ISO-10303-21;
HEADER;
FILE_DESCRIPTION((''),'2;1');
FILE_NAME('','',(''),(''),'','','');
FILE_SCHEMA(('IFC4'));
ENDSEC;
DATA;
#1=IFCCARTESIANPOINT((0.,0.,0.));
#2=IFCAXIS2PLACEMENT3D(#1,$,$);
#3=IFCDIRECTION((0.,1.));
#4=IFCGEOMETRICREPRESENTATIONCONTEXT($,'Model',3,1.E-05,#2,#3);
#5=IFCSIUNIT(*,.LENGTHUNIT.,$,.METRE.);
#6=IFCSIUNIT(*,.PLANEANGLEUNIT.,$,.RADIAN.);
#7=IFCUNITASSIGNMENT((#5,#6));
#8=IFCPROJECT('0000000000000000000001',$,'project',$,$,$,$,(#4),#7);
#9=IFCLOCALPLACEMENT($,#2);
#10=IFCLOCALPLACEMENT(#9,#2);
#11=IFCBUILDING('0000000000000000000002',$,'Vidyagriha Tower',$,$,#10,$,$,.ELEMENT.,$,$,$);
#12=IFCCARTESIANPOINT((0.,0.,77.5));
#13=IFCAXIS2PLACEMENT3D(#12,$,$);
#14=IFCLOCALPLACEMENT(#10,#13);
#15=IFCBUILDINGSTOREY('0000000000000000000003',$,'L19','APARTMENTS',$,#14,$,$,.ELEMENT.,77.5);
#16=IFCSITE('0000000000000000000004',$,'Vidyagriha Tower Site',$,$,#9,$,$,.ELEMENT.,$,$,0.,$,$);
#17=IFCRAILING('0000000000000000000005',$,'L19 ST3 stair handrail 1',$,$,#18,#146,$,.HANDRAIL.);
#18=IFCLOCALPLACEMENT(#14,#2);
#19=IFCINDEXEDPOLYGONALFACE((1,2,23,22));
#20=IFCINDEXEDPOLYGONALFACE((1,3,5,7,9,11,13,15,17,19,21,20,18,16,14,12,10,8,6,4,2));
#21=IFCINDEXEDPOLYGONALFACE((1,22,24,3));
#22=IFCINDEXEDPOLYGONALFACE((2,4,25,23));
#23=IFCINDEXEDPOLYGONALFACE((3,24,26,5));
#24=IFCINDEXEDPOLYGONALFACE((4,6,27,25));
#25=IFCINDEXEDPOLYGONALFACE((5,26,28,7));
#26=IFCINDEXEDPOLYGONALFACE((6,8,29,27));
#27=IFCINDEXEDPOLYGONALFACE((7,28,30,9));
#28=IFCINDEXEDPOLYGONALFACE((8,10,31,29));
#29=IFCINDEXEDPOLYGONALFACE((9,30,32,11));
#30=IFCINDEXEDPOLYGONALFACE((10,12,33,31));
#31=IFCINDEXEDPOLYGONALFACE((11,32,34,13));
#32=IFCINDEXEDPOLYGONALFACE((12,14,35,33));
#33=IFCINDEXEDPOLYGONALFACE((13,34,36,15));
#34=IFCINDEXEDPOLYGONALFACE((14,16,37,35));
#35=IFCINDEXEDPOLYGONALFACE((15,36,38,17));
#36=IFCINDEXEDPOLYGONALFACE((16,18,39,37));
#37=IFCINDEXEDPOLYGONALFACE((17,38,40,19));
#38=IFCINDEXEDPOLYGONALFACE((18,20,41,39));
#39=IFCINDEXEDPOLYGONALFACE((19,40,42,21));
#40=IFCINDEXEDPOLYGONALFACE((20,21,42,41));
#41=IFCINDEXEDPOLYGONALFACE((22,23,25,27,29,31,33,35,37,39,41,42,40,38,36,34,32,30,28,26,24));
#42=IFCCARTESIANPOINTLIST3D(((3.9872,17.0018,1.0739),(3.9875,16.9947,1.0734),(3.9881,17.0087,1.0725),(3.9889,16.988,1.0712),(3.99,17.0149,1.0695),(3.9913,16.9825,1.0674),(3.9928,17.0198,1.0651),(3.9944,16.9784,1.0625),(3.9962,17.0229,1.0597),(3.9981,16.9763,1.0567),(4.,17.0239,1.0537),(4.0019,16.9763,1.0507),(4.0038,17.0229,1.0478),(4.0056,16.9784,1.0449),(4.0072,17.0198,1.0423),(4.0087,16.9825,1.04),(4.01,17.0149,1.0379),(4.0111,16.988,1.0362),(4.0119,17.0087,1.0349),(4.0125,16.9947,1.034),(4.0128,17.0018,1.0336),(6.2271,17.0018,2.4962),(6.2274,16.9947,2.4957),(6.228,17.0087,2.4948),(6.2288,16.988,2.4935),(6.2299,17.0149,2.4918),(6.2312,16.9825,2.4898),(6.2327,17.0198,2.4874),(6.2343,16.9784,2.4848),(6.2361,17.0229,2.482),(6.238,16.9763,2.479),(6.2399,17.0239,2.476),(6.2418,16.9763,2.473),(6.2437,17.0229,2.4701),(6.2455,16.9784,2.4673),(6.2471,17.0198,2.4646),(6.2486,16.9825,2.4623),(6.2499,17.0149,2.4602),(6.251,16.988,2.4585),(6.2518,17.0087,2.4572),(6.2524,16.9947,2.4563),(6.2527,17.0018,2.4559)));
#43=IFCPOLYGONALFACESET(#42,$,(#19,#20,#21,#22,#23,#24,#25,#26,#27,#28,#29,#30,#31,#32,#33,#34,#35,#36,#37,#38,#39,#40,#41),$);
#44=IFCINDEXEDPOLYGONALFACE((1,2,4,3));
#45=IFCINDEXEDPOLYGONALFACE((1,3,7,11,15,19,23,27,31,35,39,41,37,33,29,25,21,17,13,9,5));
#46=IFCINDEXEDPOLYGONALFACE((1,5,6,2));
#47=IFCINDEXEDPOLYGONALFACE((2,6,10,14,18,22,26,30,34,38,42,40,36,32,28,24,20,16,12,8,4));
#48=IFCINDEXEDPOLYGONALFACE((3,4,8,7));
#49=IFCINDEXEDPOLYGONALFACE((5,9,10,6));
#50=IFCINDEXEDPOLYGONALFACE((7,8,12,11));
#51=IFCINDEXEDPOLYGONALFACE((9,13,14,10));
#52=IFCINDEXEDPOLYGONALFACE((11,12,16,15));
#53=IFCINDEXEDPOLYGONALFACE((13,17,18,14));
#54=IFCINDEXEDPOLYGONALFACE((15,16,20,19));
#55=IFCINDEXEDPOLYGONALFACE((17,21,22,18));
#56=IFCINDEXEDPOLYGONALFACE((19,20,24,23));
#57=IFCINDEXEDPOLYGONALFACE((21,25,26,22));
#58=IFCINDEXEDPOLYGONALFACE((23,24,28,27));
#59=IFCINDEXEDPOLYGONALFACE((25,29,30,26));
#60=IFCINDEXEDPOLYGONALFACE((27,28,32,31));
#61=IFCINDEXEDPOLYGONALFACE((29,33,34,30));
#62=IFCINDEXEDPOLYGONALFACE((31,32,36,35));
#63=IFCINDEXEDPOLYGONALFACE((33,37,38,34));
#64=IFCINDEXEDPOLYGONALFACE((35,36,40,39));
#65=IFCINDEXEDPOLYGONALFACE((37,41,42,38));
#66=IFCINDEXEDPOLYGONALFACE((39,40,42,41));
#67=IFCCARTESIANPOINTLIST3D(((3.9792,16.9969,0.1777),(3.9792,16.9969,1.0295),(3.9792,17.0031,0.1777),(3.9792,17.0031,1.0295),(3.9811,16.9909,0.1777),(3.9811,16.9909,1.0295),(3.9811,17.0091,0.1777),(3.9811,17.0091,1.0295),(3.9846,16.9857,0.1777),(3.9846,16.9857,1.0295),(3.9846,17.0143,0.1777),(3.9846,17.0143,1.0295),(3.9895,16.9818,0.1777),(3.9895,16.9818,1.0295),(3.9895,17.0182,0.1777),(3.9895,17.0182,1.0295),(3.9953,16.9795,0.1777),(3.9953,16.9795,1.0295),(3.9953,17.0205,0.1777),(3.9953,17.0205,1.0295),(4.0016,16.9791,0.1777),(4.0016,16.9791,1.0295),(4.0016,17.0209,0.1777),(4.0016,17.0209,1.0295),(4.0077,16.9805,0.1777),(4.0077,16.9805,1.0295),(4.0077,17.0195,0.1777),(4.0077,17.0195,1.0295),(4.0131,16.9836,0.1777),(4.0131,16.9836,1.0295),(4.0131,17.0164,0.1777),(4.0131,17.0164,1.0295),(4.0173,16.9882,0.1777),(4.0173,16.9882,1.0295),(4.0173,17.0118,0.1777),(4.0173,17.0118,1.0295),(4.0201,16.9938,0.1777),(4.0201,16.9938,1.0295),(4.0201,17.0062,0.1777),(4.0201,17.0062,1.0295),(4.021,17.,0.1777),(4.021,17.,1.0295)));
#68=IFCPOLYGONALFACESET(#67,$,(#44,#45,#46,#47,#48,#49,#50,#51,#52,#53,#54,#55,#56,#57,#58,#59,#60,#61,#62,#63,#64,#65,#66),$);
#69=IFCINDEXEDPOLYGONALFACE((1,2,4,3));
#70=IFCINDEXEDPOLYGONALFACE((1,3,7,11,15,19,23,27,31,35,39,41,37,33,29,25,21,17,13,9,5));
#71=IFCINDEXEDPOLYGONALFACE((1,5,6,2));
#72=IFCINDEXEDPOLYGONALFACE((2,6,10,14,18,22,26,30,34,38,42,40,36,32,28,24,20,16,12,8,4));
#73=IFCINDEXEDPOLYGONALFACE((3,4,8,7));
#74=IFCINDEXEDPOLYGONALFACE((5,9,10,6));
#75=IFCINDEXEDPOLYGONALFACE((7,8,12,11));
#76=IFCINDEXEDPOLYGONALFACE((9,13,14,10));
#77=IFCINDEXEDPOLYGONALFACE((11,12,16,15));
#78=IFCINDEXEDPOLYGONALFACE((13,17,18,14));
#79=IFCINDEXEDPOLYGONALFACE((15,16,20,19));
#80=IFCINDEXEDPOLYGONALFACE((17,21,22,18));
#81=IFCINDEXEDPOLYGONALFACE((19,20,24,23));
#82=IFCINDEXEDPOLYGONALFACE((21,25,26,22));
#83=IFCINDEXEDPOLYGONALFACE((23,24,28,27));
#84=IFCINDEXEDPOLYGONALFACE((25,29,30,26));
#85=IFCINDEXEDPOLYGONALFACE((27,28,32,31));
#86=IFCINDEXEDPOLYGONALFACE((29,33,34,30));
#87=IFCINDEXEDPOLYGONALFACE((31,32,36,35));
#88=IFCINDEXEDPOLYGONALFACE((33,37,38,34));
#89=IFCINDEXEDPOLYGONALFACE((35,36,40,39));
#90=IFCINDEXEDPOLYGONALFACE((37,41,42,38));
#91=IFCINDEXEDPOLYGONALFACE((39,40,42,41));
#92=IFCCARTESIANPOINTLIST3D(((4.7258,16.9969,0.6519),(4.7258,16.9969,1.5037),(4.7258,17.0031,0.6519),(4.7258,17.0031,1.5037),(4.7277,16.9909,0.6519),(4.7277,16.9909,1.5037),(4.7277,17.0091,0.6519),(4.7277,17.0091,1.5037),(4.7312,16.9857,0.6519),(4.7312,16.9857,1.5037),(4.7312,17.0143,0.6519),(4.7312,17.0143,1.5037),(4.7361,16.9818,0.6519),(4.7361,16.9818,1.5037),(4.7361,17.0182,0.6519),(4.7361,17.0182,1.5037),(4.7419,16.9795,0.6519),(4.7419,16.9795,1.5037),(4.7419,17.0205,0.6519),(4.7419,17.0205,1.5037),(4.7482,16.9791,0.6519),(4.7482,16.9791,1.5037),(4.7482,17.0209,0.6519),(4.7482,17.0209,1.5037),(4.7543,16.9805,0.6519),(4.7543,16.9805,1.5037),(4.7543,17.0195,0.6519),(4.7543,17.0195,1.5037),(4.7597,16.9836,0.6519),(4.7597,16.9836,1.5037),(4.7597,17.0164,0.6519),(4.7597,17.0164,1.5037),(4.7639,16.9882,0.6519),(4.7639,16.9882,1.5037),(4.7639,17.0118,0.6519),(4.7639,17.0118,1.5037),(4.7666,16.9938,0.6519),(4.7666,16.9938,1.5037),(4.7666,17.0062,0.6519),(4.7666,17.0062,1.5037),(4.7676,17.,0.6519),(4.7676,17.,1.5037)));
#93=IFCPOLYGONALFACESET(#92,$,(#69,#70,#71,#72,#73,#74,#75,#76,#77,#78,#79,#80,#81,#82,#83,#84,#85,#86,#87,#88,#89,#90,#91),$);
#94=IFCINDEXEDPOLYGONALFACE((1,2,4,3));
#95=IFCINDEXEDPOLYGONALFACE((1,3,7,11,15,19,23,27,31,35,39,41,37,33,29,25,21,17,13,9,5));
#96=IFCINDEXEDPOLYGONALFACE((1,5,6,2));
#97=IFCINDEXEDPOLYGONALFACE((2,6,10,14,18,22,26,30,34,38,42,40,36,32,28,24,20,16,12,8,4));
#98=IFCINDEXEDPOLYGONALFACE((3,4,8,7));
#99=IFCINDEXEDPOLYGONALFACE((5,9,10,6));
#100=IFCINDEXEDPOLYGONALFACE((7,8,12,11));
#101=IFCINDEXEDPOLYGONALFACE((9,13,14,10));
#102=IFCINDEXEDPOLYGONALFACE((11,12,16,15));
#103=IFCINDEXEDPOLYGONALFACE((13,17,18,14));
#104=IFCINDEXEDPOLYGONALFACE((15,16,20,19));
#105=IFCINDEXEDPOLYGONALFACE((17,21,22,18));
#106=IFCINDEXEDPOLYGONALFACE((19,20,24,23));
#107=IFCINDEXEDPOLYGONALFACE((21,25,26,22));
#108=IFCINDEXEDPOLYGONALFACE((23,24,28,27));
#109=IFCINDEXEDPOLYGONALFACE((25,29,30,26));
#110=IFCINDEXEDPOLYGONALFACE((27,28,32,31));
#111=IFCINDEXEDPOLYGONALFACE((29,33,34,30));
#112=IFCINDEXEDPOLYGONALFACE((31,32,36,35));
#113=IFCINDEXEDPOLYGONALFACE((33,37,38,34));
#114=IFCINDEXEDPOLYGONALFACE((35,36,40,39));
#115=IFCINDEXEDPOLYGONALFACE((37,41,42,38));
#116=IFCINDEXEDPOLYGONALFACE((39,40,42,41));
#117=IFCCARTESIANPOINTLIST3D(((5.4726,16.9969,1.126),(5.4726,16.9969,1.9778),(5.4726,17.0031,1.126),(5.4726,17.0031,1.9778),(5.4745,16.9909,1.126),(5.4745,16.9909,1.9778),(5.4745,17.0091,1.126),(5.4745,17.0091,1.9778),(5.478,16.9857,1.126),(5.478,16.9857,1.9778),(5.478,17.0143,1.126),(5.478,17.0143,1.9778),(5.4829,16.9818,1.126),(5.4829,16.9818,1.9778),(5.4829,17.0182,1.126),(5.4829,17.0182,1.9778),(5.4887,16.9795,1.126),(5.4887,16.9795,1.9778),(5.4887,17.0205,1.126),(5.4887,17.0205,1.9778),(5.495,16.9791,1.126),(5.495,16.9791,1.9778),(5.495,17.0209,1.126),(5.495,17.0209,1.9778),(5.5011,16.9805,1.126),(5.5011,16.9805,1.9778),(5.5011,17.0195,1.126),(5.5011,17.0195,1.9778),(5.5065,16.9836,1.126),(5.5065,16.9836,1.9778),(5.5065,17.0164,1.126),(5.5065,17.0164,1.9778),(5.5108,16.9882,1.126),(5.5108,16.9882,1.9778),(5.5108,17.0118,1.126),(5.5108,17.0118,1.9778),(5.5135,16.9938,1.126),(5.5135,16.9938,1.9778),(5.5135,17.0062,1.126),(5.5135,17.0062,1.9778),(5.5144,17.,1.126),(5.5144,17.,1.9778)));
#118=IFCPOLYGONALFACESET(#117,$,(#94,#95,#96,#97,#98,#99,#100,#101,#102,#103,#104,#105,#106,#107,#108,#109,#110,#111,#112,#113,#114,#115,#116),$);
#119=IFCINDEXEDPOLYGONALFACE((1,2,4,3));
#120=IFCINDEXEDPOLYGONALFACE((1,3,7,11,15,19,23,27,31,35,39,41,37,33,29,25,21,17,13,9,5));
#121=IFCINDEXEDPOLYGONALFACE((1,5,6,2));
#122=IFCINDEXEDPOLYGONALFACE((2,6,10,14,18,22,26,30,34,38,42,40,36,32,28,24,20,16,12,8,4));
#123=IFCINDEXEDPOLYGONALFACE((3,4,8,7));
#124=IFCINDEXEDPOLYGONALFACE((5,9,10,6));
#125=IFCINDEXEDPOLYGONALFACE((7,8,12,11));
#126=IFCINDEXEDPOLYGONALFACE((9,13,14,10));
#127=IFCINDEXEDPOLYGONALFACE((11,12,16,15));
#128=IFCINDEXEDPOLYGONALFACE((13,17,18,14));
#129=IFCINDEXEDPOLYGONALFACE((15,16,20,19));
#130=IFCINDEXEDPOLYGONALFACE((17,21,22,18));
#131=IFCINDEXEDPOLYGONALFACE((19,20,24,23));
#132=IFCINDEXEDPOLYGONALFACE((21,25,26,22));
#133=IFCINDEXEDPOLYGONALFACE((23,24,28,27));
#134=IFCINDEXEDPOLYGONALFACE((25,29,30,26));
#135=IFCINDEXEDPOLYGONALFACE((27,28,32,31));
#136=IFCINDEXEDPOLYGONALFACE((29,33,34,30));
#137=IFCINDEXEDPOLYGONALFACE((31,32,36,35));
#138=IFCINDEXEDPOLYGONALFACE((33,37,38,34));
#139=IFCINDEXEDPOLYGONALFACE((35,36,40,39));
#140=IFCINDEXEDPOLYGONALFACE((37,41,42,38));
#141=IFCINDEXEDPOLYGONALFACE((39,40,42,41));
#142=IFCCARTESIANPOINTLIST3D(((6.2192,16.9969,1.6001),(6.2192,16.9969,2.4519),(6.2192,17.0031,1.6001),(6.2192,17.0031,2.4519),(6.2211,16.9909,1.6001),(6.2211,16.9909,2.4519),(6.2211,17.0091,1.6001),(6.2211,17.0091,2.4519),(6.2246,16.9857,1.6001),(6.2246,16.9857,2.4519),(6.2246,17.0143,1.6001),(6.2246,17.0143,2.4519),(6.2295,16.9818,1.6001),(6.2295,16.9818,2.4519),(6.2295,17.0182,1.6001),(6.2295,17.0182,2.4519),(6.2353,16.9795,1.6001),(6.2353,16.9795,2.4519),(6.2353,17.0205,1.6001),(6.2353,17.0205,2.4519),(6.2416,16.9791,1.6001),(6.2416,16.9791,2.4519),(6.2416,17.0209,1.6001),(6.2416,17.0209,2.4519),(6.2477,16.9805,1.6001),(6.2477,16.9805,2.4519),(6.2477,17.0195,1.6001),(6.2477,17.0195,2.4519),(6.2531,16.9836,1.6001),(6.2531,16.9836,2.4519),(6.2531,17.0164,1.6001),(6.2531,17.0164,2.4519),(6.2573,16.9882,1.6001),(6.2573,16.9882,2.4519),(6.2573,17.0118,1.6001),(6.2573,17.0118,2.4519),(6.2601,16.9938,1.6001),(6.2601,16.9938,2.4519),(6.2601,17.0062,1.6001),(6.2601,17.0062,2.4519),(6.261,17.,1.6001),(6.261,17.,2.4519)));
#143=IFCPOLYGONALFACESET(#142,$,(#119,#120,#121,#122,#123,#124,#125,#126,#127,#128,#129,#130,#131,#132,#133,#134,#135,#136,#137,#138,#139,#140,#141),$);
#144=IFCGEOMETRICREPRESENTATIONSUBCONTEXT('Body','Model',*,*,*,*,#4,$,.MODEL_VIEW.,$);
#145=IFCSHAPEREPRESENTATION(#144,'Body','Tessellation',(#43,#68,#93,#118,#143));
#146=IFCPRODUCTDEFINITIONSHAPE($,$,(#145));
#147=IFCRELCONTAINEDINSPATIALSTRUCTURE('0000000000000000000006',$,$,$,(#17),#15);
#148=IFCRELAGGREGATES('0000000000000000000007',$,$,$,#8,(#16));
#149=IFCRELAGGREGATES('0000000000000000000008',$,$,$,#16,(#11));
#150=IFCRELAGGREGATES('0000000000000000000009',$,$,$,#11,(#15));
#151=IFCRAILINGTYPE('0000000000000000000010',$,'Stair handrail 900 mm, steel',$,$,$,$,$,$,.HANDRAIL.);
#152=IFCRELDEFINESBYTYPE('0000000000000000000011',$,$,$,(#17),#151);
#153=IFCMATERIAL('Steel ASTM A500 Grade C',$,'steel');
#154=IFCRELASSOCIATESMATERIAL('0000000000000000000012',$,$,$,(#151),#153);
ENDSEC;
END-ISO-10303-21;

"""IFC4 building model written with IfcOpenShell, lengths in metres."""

from ifc_helpers import new_model, si_unit, direction, frame, origin, origin_2d, place, context, subcontext, project, spatial, circle, extrude, material, type_object, element, save


model = new_model("IFC4")

# Units and contexts
model_context = context("Model", 3, precision=1e-05, world=origin(), true_north=direction((0.0, 1.0)))
body_context = subcontext(model_context, "Body", "Model", "MODEL_VIEW")
ifc_project = project(units=[si_unit("LENGTHUNIT", "METRE"), si_unit("PLANEANGLEUNIT", "RADIAN")], contexts=[model_context])

# Site, building, storey
site_placement = place(None, origin())
site = spatial("IfcSite", under=ifc_project, at=site_placement, Name="Vidyagriha Tower Site", CompositionType="ELEMENT", RefElevation=0.0)
building_placement = place(site_placement, origin())
building = spatial("IfcBuilding", under=site, at=building_placement, Name="Vidyagriha Tower", CompositionType="ELEMENT")
storey_placement = place(building_placement, frame((0.0, 0.0, 77.5)))
storey = spatial("IfcBuildingStorey", under=building, at=storey_placement, Name="L19", Description="APARTMENTS", CompositionType="ELEMENT", Elevation=77.5)

# Railing
ifc_material_1 = material(Name="Steel ASTM A500 Grade C", Category="steel")
railing_type_1 = type_object("IfcRailingType", Name="Stair handrail 900 mm, steel", PredefinedType="HANDRAIL", material=ifc_material_1)
railing_1_placement = place(storey_placement, frame((4.0, 17.0, 0.1777)))
element("IfcRailing", 1, at=railing_1_placement, inside=storey, type_object=railing_type_1, Name="L19 ST3 stair handrail 1", PredefinedType="HANDRAIL", context=body_context, shape_type="SweptSolid", body=[
    extrude(circle(Radius=0.0239, at=origin_2d()), frame((0.0, 0.0, 0.876), z_axis=(0.844188, 0.0, 0.536048), x_axis=(0.0, 1.0, 0.0)), (0.0, 0.0, 1.0), 2.6533),
    extrude(circle(Radius=0.021, at=origin_2d()), origin(), (0.0, 0.0, 1.0), 0.8518),
    extrude(circle(Radius=0.021, at=origin_2d()), frame((0.7466, 0.0, 0.4741)), (0.0, 0.0, 1.0), 0.8518),
    extrude(circle(Radius=0.021, at=origin_2d()), frame((1.4934, 0.0, 0.9482)), (0.0, 0.0, 1.0), 0.8518),
    extrude(circle(Radius=0.021, at=origin_2d()), frame((2.24, 0.0, 1.4224)), (0.0, 0.0, 1.0), 0.8518),
])

save(model, "model.ifc")
